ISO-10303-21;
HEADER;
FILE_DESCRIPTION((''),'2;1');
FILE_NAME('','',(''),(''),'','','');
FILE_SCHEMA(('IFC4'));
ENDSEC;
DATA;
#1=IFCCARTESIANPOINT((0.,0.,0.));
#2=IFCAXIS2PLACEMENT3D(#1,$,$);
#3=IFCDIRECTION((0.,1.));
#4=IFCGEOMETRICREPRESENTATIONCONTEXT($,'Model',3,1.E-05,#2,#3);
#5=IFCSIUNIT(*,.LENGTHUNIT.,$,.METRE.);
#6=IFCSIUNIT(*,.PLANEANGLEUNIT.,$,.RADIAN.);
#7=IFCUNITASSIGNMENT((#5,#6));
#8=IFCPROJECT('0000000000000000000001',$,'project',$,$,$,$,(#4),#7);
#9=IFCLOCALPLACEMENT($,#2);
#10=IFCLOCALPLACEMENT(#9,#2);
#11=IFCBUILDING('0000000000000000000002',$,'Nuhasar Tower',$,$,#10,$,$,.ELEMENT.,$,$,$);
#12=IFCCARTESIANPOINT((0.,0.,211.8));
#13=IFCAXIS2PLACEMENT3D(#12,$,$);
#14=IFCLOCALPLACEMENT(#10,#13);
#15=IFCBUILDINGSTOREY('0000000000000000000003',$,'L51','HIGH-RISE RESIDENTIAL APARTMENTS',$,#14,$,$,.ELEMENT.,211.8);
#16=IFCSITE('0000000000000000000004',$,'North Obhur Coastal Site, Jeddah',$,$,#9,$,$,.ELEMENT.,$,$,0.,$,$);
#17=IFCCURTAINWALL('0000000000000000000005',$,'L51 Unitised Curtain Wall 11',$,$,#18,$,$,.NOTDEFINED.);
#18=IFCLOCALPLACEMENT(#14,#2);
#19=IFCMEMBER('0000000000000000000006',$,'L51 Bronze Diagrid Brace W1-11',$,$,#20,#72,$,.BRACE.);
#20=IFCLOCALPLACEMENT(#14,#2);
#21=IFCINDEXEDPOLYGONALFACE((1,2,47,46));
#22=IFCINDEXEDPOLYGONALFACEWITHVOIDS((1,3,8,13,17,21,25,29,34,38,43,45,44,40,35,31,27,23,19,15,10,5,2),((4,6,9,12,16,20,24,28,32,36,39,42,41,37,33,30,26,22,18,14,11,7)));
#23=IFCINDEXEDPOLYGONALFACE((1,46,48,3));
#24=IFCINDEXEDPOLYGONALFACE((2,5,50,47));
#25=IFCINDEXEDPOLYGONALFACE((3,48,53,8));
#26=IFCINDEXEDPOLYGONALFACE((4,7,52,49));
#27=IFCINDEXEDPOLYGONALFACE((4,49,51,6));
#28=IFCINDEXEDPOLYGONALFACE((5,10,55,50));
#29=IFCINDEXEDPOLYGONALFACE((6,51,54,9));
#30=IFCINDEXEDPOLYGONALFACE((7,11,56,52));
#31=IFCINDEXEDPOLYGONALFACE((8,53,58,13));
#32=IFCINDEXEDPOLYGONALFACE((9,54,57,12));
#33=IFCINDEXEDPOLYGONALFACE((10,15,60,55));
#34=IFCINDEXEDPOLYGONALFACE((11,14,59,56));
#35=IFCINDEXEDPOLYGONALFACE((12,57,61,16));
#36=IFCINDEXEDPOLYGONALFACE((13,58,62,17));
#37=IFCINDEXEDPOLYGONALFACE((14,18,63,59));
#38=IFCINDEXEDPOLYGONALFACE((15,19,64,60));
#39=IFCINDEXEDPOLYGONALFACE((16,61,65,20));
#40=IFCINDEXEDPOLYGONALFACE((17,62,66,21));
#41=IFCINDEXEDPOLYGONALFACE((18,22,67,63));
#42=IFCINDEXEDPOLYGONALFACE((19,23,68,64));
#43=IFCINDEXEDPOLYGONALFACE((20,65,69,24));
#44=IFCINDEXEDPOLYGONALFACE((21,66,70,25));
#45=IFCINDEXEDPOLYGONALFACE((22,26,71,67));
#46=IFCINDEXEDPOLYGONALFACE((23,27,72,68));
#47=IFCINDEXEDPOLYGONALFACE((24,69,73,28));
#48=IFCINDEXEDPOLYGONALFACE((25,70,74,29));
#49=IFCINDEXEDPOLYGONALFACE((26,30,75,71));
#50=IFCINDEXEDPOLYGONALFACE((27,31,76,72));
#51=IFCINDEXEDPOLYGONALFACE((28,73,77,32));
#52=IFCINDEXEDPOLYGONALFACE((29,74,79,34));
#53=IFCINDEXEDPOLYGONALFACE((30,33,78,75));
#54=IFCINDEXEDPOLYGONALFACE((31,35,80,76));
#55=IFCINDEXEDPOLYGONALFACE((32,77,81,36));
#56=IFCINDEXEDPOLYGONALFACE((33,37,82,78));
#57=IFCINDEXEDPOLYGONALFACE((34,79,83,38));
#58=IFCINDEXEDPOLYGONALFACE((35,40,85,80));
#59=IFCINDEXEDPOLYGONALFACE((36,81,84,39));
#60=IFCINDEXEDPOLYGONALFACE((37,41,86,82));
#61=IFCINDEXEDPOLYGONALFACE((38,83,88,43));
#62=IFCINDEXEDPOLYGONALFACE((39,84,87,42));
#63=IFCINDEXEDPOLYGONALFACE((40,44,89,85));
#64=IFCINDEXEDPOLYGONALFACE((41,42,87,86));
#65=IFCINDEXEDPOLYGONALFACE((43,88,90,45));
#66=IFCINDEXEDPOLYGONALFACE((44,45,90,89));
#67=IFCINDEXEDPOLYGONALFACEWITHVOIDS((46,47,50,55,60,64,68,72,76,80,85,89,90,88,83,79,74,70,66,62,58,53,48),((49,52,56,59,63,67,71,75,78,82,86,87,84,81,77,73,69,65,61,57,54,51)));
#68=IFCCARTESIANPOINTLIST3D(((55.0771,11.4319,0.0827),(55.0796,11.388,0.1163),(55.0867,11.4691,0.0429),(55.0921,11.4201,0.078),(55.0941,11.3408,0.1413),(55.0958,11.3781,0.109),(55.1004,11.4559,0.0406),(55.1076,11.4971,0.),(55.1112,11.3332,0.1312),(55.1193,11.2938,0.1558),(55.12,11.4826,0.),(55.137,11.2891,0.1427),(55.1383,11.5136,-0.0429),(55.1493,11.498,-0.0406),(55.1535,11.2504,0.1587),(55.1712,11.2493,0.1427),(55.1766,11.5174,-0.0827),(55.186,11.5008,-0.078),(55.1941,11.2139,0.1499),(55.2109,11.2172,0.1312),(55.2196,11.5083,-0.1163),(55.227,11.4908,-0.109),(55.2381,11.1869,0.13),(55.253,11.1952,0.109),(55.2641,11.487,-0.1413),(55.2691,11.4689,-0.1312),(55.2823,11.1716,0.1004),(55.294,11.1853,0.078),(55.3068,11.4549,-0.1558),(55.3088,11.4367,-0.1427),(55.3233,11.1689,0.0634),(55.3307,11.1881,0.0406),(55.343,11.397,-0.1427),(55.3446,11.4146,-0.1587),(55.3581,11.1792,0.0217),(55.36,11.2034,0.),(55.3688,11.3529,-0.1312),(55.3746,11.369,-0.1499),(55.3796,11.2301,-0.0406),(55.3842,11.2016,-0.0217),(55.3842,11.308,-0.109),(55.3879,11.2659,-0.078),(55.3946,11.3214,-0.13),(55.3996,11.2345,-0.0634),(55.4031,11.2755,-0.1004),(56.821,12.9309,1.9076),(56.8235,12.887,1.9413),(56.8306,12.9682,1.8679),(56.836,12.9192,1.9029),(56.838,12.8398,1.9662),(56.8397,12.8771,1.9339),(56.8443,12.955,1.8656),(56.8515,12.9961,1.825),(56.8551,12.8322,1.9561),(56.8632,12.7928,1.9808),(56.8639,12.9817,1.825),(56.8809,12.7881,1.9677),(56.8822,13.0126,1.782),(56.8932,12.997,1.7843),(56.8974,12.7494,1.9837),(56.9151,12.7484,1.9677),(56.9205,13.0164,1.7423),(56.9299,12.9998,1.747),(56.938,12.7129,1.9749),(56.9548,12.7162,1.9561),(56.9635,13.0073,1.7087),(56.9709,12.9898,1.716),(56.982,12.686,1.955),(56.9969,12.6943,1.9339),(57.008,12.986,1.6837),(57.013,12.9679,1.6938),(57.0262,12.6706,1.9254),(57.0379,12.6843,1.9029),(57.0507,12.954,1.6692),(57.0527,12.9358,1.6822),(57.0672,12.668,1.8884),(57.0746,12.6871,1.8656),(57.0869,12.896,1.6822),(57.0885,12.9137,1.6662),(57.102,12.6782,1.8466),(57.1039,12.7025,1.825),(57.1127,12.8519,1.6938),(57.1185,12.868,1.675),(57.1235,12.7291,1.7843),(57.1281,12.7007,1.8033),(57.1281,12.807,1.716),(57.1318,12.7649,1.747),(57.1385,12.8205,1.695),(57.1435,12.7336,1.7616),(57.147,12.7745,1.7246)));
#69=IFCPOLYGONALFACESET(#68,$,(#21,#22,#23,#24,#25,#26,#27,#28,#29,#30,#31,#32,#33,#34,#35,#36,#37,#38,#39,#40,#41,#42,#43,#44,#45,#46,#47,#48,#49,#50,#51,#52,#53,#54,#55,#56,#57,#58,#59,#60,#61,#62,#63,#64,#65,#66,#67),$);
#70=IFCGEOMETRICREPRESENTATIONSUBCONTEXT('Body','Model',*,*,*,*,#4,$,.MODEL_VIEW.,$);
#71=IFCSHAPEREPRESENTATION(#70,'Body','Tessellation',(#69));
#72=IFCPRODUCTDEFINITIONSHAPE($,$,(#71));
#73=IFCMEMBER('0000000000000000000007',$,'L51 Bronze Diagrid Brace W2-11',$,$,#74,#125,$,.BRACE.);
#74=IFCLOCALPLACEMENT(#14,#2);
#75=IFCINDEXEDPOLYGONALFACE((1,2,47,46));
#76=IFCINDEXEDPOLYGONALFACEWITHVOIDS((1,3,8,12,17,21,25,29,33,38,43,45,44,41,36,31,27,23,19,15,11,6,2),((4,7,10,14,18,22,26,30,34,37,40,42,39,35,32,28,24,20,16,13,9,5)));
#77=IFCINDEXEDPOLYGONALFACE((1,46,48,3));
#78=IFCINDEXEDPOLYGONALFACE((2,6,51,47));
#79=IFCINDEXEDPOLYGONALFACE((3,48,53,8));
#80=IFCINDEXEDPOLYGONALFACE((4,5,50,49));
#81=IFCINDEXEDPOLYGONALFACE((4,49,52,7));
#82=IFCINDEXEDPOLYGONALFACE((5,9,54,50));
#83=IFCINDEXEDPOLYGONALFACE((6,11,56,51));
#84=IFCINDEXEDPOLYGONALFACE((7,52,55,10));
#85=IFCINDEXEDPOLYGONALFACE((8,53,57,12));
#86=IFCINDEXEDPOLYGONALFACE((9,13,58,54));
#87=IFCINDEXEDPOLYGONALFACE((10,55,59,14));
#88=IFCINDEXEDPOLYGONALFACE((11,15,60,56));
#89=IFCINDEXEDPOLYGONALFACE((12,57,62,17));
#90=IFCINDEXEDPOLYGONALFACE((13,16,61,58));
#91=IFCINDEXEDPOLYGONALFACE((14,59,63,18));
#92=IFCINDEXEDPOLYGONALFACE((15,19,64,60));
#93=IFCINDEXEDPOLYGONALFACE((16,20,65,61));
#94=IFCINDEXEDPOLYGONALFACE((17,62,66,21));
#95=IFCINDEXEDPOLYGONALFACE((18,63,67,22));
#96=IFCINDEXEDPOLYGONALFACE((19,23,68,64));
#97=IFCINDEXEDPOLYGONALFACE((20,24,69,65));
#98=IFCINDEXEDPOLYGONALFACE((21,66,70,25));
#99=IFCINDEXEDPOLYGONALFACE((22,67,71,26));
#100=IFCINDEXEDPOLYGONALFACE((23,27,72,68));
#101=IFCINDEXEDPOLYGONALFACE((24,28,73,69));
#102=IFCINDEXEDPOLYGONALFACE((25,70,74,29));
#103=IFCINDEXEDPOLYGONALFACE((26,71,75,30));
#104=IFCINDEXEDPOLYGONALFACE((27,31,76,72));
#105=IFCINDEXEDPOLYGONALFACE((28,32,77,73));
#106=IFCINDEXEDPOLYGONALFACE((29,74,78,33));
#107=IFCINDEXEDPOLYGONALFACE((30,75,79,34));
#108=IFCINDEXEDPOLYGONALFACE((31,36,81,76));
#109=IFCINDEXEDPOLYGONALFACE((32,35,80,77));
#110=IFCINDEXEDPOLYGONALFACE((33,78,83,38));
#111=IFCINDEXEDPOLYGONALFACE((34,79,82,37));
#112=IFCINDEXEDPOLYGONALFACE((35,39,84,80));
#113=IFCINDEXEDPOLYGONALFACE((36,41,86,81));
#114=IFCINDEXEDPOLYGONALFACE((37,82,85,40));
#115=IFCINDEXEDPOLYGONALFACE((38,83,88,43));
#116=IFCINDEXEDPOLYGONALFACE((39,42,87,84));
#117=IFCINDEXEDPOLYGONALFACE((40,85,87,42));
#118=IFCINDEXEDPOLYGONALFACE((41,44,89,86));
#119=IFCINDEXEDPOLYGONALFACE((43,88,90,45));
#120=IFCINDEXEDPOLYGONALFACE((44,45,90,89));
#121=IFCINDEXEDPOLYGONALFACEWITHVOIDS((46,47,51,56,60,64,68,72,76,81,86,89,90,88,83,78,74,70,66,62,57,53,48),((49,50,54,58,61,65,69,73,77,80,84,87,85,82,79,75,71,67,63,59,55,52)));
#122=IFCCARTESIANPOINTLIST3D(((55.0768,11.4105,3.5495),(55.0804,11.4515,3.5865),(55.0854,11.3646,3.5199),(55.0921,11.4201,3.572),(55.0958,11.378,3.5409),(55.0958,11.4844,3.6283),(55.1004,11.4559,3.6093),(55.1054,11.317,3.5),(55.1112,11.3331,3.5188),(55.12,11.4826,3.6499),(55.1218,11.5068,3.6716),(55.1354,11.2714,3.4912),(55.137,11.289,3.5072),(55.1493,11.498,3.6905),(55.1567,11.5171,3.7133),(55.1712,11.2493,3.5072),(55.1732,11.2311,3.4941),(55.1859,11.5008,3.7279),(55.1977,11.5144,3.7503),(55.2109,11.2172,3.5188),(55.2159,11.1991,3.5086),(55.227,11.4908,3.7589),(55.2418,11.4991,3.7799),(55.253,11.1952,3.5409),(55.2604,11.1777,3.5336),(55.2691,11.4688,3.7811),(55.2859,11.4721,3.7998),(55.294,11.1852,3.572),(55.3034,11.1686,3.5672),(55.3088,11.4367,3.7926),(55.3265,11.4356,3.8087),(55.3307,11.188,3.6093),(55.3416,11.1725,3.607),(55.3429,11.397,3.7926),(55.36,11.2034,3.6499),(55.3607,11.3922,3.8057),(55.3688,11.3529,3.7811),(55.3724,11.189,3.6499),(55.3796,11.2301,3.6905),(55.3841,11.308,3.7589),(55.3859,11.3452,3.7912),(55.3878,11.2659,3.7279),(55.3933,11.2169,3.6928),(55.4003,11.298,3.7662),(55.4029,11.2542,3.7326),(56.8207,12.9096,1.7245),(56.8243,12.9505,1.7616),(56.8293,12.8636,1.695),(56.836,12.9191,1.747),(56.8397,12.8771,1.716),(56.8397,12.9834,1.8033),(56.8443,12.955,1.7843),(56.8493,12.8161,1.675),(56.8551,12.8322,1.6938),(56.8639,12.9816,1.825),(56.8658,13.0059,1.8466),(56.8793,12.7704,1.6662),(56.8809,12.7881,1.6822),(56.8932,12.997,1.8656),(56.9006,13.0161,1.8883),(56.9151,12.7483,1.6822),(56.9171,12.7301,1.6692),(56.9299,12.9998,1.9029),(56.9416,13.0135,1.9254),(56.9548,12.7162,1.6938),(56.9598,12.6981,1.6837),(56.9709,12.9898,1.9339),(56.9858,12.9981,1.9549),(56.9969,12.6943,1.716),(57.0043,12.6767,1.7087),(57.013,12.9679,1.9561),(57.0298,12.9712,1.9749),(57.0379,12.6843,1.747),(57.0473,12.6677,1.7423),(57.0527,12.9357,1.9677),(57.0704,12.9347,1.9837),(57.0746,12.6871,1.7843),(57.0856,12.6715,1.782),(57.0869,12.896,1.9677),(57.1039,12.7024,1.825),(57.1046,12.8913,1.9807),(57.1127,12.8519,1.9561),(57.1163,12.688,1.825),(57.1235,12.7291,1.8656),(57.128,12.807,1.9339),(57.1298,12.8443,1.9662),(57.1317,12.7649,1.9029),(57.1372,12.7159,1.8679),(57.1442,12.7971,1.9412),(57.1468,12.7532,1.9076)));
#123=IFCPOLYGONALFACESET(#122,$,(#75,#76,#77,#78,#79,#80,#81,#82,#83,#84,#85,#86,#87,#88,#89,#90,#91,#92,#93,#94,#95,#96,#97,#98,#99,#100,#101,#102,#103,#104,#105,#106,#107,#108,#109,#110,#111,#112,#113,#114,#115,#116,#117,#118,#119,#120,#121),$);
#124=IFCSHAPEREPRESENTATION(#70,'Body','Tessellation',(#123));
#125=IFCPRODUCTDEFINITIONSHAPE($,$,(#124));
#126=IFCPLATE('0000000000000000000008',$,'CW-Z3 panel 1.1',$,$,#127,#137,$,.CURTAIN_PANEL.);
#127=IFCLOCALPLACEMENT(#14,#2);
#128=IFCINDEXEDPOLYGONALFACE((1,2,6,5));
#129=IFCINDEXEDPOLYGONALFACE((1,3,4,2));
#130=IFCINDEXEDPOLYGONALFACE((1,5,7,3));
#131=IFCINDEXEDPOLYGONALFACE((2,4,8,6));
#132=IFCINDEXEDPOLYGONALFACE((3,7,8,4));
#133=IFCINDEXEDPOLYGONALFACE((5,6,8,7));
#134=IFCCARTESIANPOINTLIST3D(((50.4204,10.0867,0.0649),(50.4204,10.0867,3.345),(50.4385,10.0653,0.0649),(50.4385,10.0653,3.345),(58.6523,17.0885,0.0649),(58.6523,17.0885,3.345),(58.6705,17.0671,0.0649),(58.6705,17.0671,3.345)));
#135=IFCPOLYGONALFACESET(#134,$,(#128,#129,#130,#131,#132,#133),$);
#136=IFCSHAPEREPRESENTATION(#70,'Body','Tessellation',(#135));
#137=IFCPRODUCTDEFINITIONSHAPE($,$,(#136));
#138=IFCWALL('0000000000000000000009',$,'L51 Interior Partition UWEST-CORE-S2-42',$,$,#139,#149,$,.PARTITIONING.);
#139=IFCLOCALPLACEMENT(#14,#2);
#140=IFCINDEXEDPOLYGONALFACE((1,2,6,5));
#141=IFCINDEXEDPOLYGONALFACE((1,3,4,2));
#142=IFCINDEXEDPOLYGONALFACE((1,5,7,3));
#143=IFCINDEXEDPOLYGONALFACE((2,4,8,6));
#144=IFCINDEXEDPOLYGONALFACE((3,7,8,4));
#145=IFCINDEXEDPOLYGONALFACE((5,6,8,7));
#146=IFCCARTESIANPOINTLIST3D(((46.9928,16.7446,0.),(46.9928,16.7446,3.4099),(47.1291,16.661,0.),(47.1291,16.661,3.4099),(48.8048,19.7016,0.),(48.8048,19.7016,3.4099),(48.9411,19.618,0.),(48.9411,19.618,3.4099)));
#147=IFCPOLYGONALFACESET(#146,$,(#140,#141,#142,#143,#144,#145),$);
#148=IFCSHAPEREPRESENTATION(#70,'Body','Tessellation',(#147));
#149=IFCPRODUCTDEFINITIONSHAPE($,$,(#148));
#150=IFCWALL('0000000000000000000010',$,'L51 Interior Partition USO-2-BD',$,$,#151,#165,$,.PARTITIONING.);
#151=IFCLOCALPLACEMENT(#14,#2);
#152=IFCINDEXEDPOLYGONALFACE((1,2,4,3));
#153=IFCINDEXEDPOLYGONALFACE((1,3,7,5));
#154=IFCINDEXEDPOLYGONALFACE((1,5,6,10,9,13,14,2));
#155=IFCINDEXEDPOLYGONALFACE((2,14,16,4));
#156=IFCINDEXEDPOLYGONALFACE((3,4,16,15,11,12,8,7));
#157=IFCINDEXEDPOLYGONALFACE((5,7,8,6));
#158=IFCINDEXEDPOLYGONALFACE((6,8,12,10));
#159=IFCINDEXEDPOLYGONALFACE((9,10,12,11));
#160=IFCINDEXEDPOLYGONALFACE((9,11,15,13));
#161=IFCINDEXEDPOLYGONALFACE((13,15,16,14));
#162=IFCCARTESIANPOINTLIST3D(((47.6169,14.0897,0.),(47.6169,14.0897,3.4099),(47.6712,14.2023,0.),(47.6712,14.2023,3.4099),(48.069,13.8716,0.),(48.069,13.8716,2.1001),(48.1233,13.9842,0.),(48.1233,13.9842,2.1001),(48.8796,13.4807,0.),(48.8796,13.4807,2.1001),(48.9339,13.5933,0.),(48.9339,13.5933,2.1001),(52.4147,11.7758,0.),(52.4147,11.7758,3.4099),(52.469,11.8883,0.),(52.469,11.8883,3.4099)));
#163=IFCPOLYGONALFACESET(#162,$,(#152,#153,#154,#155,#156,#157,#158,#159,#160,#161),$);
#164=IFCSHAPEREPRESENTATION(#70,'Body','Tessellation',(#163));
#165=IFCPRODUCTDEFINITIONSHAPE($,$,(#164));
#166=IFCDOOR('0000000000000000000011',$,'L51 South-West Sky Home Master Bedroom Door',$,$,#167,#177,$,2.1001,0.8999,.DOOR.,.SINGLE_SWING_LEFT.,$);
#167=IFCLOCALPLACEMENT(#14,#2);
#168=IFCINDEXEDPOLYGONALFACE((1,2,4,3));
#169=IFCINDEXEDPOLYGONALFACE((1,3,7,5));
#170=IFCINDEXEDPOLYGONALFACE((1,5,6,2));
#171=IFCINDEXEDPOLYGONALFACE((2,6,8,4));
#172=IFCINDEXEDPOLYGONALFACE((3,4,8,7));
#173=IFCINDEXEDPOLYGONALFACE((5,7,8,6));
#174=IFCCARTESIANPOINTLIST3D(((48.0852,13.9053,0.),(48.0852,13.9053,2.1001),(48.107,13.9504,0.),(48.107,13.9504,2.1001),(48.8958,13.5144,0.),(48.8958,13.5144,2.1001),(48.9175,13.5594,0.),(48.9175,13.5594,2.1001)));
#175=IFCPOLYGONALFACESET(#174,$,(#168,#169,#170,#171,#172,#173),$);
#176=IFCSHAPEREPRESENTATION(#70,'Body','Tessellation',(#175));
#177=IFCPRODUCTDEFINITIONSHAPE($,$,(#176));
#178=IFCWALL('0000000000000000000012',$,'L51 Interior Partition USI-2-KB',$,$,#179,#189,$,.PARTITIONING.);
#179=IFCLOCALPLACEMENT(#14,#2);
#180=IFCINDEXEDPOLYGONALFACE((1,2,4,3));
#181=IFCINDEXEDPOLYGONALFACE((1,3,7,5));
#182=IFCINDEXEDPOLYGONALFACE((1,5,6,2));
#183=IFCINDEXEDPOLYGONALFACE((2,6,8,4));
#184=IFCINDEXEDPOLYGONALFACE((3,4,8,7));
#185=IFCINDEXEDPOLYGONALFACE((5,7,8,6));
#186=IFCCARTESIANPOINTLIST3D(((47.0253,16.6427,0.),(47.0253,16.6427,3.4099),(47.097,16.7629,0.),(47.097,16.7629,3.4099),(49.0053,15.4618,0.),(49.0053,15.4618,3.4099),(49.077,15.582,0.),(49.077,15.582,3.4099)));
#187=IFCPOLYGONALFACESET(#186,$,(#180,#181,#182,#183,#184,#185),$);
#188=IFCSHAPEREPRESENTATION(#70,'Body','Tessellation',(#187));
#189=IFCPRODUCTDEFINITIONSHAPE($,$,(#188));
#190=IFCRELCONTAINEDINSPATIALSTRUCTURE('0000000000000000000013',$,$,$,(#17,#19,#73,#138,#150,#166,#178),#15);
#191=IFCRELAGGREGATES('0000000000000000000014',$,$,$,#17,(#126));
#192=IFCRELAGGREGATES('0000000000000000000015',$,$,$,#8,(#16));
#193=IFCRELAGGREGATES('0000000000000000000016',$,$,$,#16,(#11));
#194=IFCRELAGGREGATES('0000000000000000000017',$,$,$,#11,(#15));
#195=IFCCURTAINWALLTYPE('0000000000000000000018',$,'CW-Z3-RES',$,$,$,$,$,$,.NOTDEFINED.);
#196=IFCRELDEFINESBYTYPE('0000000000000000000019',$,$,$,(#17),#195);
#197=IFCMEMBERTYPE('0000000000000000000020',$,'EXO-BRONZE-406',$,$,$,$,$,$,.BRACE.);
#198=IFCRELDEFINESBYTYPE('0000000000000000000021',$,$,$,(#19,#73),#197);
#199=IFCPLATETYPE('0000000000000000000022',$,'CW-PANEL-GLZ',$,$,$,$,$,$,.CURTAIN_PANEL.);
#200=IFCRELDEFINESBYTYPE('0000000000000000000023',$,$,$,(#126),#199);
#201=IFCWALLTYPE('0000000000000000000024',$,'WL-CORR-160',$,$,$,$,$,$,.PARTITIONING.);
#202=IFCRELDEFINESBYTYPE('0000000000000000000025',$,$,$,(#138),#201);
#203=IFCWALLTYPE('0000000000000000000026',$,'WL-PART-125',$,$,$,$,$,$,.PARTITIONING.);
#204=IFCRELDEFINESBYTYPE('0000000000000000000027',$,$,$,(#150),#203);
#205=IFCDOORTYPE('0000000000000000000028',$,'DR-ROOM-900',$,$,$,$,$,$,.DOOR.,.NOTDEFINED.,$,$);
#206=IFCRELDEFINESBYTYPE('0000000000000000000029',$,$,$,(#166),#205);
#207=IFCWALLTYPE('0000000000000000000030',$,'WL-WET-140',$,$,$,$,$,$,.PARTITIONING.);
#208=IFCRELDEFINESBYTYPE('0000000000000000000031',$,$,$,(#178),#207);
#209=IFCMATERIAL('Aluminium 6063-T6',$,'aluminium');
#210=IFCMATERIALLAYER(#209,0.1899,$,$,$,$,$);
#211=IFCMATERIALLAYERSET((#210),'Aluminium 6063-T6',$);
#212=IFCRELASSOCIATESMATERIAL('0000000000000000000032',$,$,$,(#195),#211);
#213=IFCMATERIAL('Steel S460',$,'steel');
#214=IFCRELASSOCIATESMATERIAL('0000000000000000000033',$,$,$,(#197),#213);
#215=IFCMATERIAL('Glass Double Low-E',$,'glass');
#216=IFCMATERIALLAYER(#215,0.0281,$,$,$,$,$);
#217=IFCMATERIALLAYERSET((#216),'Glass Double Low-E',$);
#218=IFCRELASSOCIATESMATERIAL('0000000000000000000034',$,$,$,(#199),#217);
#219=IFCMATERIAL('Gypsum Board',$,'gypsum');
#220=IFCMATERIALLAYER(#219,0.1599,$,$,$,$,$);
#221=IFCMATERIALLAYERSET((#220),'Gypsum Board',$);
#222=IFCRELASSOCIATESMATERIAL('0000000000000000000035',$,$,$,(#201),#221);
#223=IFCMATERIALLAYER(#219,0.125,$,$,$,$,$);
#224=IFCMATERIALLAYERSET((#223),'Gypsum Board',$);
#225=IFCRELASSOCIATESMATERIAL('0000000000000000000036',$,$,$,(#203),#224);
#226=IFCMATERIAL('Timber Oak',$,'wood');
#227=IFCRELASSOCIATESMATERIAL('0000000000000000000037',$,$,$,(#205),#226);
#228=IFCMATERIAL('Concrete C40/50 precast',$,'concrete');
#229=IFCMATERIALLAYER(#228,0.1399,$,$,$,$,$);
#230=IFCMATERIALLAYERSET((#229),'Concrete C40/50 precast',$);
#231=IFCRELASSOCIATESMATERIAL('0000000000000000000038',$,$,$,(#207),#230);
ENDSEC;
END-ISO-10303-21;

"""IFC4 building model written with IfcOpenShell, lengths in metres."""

from ifc_helpers import new_model, si_unit, direction, frame, frame_2d, origin, origin_2d, place, context, subcontext, project, spatial, rectangle, hollow_circle, extrude, material, layer, layer_set, material_profile, profile_set, type_object, element, fill, aggregate, save


model = new_model("IFC4")

# Units and contexts
model_context = context("Model", 3, precision=1e-05, world=origin(), true_north=direction((0.0, 1.0)))
body_context = subcontext(model_context, "Body", "Model", "MODEL_VIEW")
ifc_project = project(units=[si_unit("LENGTHUNIT", "METRE"), si_unit("PLANEANGLEUNIT", "RADIAN")], contexts=[model_context])

# Site, building, storey
site_placement = place(None, origin())
site = spatial("IfcSite", under=ifc_project, at=site_placement, Name="North Obhur Coastal Site, Jeddah", CompositionType="ELEMENT", RefElevation=0.0)
building_placement = place(site_placement, origin())
building = spatial("IfcBuilding", under=site, at=building_placement, Name="Nuhasar Tower", CompositionType="ELEMENT")
storey_placement = place(building_placement, frame((0.0, 0.0, 211.8)))
storey = spatial("IfcBuildingStorey", under=building, at=storey_placement, Name="L51", Description="HIGH-RISE RESIDENTIAL APARTMENTS", CompositionType="ELEMENT", Elevation=211.8)

# Shared definitions
ifc_material_1 = material(Name="Aluminium 6063-T6", Category="aluminium")
ifc_layer_1 = layer(ifc_material_1, 0.1899)
ifc_layer_set_1 = layer_set([ifc_layer_1], Name="Aluminium 6063-T6")
curtain_wall_type = type_object("IfcCurtainWallType", Name="CW-Z3-RES", PredefinedType="NOTDEFINED", material=ifc_layer_set_1)

# Curtain wall
curtain_wall_1_placement = place(storey_placement, origin())
curtain_wall_1 = element("IfcCurtainWall", 1, at=curtain_wall_1_placement, inside=storey, type_object=curtain_wall_type, Name="L51 Unitised Curtain Wall 11", PredefinedType="NOTDEFINED")

# Members
ifc_material_2 = material(Name="Steel S460", Category="steel")
ifc_material_profile_1 = material_profile(ifc_material_2, hollow_circle(Radius=0.2031, WallThickness=0.019, at=origin_2d()), Name="HSS406.4X19.1")
ifc_profile_set_1 = profile_set([ifc_material_profile_1], Name="Steel S460")
member_type_1 = type_object("IfcMemberType", Name="EXO-BRONZE-406", PredefinedType="BRACE", material=ifc_profile_set_1)
for number, where, z_axis, x_axis, name in (
    (2, (55.24, 11.343, 0.0), (0.594019, 0.510608, 0.621628), (-0.651857, 0.758342, 0.0), "L51 Bronze Diagrid Brace W1-11"),
    (3, (56.9839, 12.842, 1.825), (-0.594019, -0.510608, 0.621628), (0.651857, -0.758342, 0.0), "L51 Bronze Diagrid Brace W2-11"),
):
    element("IfcMember", number, at=place(storey_placement, frame(where, z_axis=z_axis, x_axis=x_axis)), inside=storey, type_object=member_type_1, Name=name, PredefinedType="BRACE", context=body_context, shape_type="SweptSolid", body=[
        extrude(hollow_circle(Radius=0.2031, WallThickness=0.019, at=origin_2d()), origin(), (0.0, 0.0, 1.0), 2.9358),
    ])

# Plate
ifc_material_3 = material(Name="Glass Double Low-E", Category="glass")
ifc_layer_2 = layer(ifc_material_3, 0.0281)
ifc_layer_set_2 = layer_set([ifc_layer_2], Name="Glass Double Low-E")
plate_type = type_object("IfcPlateType", Name="CW-PANEL-GLZ", PredefinedType="CURTAIN_PANEL", material=ifc_layer_set_2)
plate_placement = place(storey_placement, frame((54.5454, 13.5769, 0.0649), z_axis=(0.0, 0.0, 1.0), x_axis=(0.761729, 0.647895, 0.0)))
plate = element("IfcPlate", 4, at=plate_placement, type_object=plate_type, Name="CW-Z3 panel 1.1", PredefinedType="CURTAIN_PANEL", context=body_context, shape_type="SweptSolid", body=[
    extrude(rectangle(XDim=10.8069, YDim=0.0281, at=origin_2d()), origin(), (0.0, 0.0, 1.0), 3.28),
])
aggregate(curtain_wall_1, [plate])

# Wall
ifc_material_4 = material(Name="Gypsum Board", Category="gypsum")
ifc_layer_3 = layer(ifc_material_4, 0.1599)
ifc_layer_set_3 = layer_set([ifc_layer_3], Name="Gypsum Board")
wall_type_1 = type_object("IfcWallType", Name="WL-CORR-160", PredefinedType="PARTITIONING", material=ifc_layer_set_3)
wall_1_placement = place(storey_placement, frame((47.061, 16.7029, 0.0), z_axis=(0.0, 0.0, 1.0), x_axis=(0.522486, 0.852648, 0.0)))
element("IfcWall", 5, at=wall_1_placement, inside=storey, type_object=wall_type_1, Name="L51 Interior Partition UWEST-CORE-S2-42", PredefinedType="PARTITIONING", context=body_context, shape_type="SweptSolid", body=[
    extrude(rectangle(XDim=3.468, YDim=0.1599, at=frame_2d((1.7339, 0.0))), origin(), (0.0, 0.0, 1.0), 3.4099),
])

# Wall, opening, door
ifc_layer_4 = layer(ifc_material_4, 0.125)
ifc_layer_set_4 = layer_set([ifc_layer_4], Name="Gypsum Board")
wall_type_2 = type_object("IfcWallType", Name="WL-PART-125", PredefinedType="PARTITIONING", material=ifc_layer_set_4)
wall_2_placement = place(storey_placement, frame((47.644, 14.146, 0.0), z_axis=(0.0, 0.0, 1.0), x_axis=(0.900716, -0.434408, 0.0)))
wall_2 = element("IfcWall", 6, at=wall_2_placement, inside=storey, type_object=wall_type_2, Name="L51 Interior Partition USO-2-BD", PredefinedType="PARTITIONING", context=body_context, shape_type="SweptSolid", body=[
    extrude(rectangle(XDim=5.3267, YDim=0.125, at=frame_2d((2.6633, 0.0))), origin(), (0.0, 0.0, 1.0), 3.4099),
])
opening_placement = place(wall_2_placement, frame((0.502, 0.0, 0.0)))
opening = element("IfcOpeningElement", 7, at=opening_placement, cuts=wall_2, PredefinedType="OPENING", context=body_context, shape_type="SweptSolid", body=[
    extrude(rectangle(XDim=0.8999, YDim=2.1001, at=frame_2d((0.45, 1.05))), frame((0.0, 0.0725, 0.0), z_axis=(0.0, -1.0, 0.0), x_axis=(1.0, 0.0, 0.0)), (0.0, 0.0, 1.0), 0.145),
])
ifc_material_5 = material(Name="Timber Oak", Category="wood")
door_type = type_object("IfcDoorType", Name="DR-ROOM-900", OperationType="NOTDEFINED", PredefinedType="DOOR", material=ifc_material_5)
door_placement = place(opening_placement, origin())
door = element("IfcDoor", 8, at=door_placement, inside=storey, type_object=door_type, Name="L51 South-West Sky Home Master Bedroom Door", OperationType="SINGLE_SWING_LEFT", OverallHeight=2.1001, OverallWidth=0.8999, PredefinedType="DOOR", context=body_context, shape_type="SweptSolid", body=[
    extrude(rectangle(XDim=0.8999, YDim=2.1001, at=frame_2d((0.45, 1.05))), frame((0.0, 0.0249, 0.0), z_axis=(0.0, -1.0, 0.0), x_axis=(1.0, 0.0, 0.0)), (0.0, 0.0, 1.0), 0.05),
])
fill(opening, door)

# Wall
ifc_material_6 = material(Name="Concrete C40/50 precast", Category="concrete")
ifc_layer_5 = layer(ifc_material_6, 0.1399)
ifc_layer_set_5 = layer_set([ifc_layer_5], Name="Concrete C40/50 precast")
wall_type_3 = type_object("IfcWallType", Name="WL-WET-140", PredefinedType="PARTITIONING", material=ifc_layer_set_5)
wall_3_placement = place(storey_placement, frame((47.061, 16.7029, 0.0), z_axis=(0.0, 0.0, 1.0), x_axis=(0.858845, -0.512236, 0.0)))
element("IfcWall", 9, at=wall_3_placement, inside=storey, type_object=wall_type_3, Name="L51 Interior Partition USI-2-KB", PredefinedType="PARTITIONING", context=body_context, shape_type="SweptSolid", body=[
    extrude(rectangle(XDim=2.3054, YDim=0.1399, at=frame_2d((1.1528, 0.0))), origin(), (0.0, 0.0, 1.0), 3.4099),
])

save(model, "model.ifc")
